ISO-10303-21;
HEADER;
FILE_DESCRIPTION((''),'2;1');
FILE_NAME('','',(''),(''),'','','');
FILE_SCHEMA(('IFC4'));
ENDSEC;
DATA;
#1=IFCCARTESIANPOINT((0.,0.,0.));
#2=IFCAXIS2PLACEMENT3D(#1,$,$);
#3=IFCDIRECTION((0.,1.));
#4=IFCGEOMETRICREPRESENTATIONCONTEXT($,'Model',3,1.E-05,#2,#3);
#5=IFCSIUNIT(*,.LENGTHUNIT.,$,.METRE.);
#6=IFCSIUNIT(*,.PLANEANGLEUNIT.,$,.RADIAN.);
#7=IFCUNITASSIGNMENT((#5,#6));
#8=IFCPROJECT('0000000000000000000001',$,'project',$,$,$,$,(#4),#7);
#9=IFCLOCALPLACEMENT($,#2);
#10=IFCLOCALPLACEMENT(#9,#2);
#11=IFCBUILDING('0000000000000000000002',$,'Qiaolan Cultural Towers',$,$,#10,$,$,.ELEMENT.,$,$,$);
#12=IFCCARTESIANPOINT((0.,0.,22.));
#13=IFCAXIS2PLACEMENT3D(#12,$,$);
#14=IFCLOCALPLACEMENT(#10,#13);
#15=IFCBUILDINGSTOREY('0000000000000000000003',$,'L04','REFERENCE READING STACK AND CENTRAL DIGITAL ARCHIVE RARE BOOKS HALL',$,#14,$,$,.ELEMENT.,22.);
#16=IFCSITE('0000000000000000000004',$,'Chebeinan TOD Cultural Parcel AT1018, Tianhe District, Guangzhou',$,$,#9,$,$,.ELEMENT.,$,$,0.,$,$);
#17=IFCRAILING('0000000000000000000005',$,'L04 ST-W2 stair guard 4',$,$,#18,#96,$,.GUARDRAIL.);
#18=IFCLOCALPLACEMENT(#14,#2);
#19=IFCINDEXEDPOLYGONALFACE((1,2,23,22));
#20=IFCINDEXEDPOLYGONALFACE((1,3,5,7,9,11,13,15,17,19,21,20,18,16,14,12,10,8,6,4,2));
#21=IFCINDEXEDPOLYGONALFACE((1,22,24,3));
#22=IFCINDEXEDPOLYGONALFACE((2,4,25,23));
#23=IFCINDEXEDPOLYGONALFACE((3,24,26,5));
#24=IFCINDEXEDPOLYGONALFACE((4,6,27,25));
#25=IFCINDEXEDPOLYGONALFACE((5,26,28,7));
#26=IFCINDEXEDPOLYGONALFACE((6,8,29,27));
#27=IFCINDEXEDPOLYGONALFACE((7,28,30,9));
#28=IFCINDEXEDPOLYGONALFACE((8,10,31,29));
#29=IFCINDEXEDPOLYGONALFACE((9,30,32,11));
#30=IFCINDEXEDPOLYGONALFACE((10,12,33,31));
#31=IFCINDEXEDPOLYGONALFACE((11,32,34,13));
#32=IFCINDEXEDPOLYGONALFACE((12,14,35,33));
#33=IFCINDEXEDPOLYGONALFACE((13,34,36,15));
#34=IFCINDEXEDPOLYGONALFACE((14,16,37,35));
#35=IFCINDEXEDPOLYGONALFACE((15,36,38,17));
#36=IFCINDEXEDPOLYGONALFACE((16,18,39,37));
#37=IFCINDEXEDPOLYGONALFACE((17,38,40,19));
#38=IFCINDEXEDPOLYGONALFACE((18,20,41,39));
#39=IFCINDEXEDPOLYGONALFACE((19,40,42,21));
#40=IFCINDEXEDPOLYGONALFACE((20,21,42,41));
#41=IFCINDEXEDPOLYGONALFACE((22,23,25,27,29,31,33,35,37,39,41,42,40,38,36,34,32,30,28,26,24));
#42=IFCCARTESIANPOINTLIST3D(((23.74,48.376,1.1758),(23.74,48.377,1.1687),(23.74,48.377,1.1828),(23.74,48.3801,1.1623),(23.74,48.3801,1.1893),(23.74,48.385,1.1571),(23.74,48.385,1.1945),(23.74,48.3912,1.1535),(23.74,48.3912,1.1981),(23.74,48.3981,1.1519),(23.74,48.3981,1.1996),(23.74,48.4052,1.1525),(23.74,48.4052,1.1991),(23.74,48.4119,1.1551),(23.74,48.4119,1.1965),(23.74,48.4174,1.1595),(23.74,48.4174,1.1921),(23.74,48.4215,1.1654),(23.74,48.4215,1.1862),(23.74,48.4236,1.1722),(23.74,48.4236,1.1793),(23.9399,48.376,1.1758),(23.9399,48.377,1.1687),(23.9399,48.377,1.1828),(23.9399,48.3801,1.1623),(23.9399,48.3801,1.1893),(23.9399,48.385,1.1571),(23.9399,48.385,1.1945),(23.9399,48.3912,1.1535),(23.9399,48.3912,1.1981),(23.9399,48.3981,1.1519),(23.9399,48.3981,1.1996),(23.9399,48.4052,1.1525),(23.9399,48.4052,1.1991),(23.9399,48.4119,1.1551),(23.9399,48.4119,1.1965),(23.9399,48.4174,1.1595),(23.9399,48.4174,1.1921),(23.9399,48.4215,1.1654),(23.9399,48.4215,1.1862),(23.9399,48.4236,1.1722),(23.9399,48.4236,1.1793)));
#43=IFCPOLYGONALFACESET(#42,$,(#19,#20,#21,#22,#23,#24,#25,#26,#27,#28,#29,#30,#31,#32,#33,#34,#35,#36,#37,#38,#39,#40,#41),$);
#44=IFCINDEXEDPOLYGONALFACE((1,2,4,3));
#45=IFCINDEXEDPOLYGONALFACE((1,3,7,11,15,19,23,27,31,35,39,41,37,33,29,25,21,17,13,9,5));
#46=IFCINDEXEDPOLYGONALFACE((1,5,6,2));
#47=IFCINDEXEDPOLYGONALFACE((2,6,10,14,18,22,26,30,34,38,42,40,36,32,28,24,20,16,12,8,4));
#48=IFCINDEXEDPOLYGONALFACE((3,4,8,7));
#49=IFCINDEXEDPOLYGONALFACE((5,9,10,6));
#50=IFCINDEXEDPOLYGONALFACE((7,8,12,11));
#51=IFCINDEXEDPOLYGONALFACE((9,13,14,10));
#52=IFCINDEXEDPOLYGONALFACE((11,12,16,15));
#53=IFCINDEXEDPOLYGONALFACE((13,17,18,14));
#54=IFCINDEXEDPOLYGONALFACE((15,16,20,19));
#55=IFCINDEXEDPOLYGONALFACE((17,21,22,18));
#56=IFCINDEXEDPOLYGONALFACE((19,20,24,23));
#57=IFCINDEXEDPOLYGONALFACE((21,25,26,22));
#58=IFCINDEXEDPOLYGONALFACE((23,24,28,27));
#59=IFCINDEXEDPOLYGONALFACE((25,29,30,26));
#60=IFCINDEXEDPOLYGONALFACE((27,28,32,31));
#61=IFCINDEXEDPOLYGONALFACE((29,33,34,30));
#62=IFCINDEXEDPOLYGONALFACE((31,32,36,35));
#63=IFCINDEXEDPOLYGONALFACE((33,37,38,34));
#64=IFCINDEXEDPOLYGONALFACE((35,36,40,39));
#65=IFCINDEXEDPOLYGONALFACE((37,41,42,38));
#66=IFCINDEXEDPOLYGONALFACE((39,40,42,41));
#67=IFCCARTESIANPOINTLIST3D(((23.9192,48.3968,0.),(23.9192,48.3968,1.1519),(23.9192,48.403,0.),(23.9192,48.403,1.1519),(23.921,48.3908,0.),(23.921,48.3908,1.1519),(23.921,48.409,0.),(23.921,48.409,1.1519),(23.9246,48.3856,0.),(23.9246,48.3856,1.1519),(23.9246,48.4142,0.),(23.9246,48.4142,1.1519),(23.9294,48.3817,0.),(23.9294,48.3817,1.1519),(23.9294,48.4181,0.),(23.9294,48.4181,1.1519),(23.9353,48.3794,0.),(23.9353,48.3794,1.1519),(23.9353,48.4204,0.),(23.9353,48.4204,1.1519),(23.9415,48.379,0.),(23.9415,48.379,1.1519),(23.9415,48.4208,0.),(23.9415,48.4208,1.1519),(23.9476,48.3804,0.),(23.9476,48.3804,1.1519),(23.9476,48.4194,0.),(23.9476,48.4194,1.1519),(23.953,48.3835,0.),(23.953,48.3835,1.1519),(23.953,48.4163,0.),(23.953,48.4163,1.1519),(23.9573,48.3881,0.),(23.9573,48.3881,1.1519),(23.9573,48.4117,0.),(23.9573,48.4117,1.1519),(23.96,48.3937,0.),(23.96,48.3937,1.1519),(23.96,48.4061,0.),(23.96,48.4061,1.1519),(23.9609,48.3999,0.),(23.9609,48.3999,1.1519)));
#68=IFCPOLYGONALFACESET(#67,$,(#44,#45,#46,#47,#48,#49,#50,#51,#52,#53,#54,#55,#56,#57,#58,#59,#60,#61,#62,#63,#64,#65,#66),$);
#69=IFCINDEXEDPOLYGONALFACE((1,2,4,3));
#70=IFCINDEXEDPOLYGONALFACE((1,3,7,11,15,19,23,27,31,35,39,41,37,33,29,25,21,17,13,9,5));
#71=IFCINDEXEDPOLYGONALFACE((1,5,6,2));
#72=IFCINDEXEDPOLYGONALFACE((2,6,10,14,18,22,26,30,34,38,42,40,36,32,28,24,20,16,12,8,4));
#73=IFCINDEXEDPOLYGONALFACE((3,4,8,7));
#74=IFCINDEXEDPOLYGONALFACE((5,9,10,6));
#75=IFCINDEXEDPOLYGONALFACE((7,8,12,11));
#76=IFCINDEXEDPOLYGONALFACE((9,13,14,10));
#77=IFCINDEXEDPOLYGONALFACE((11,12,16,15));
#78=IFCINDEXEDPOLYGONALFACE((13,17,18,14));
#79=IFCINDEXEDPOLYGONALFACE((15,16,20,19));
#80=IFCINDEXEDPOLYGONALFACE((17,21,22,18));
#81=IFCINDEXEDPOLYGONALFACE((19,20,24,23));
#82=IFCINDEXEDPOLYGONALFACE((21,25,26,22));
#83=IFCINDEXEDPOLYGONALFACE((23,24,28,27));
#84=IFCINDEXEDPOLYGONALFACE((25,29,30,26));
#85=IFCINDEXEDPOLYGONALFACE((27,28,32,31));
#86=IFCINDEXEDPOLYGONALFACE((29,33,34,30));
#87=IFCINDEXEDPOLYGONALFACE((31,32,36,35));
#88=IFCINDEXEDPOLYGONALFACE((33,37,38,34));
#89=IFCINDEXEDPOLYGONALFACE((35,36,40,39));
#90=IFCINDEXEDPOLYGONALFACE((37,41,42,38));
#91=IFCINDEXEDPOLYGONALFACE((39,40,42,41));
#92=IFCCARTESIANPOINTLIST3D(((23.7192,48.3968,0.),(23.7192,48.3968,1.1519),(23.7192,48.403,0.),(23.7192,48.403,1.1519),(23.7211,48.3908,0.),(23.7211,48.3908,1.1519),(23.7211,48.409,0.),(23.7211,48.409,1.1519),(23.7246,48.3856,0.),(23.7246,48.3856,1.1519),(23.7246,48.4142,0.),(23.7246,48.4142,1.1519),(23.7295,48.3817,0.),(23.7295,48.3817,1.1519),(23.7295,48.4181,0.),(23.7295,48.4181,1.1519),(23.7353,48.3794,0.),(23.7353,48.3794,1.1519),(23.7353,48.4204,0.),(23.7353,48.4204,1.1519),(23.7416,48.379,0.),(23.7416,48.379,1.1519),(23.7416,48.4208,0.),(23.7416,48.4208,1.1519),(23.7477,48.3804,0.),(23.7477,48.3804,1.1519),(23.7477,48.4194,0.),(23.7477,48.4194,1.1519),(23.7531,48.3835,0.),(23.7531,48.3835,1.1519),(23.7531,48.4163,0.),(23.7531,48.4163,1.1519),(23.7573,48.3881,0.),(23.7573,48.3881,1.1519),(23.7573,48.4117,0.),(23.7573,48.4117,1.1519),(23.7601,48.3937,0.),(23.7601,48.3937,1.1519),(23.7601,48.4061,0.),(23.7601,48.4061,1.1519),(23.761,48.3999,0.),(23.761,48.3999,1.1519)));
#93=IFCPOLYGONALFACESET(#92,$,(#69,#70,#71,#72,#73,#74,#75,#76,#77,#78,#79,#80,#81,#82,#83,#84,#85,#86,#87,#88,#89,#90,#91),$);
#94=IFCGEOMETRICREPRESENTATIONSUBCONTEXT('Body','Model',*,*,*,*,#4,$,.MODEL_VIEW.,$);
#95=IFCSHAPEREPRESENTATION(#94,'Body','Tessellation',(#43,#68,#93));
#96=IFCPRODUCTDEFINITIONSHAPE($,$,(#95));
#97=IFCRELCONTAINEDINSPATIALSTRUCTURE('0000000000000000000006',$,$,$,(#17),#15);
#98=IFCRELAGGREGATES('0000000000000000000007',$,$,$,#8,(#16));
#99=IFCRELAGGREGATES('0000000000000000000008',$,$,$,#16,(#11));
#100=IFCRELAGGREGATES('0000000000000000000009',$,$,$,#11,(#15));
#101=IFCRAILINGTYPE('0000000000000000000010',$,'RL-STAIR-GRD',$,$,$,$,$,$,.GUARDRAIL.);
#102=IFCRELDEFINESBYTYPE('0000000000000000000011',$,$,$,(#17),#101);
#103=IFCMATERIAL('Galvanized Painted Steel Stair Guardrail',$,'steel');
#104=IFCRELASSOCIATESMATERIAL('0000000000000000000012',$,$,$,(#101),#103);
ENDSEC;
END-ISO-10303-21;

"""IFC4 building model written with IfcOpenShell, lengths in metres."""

from ifc_helpers import new_model, si_unit, direction, frame, origin, origin_2d, place, context, subcontext, project, spatial, circle, extrude, material, type_object, element, save


model = new_model("IFC4")

# Units and contexts
model_context = context("Model", 3, precision=1e-05, world=origin(), true_north=direction((0.0, 1.0)))
body_context = subcontext(model_context, "Body", "Model", "MODEL_VIEW")
ifc_project = project(units=[si_unit("LENGTHUNIT", "METRE"), si_unit("PLANEANGLEUNIT", "RADIAN")], contexts=[model_context])

# Site, building, storey
site_placement = place(None, origin())
site = spatial("IfcSite", under=ifc_project, at=site_placement, Name="Chebeinan TOD Cultural Parcel AT1018, Tianhe District, Guangzhou", CompositionType="ELEMENT", RefElevation=0.0)
building_placement = place(site_placement, origin())
building = spatial("IfcBuilding", under=site, at=building_placement, Name="Qiaolan Cultural Towers", CompositionType="ELEMENT")
storey_placement = place(building_placement, frame((0.0, 0.0, 22.0)))
storey = spatial("IfcBuildingStorey", under=building, at=storey_placement, Name="L04", Description="REFERENCE READING STACK AND CENTRAL DIGITAL ARCHIVE RARE BOOKS HALL", CompositionType="ELEMENT", Elevation=22.0)

# Railing
ifc_material_1 = material(Name="Galvanized Painted Steel Stair Guardrail", Category="steel")
railing_type_1 = type_object("IfcRailingType", Name="RL-STAIR-GRD", PredefinedType="GUARDRAIL", material=ifc_material_1)
railing_1_placement = place(storey_placement, frame((23.9399, 48.3999, 0.0)))
element("IfcRailing", 1, at=railing_1_placement, inside=storey, type_object=railing_type_1, Name="L04 ST-W2 stair guard 4", PredefinedType="GUARDRAIL", context=body_context, shape_type="SweptSolid", body=[
    extrude(circle(Radius=0.0239, at=origin_2d()), frame((0.0, 0.0, 1.1758), z_axis=(-1.0, 0.0, 0.0), x_axis=(0.0, -1.0, 0.0)), (0.0, 0.0, 1.0), 0.2),
    extrude(circle(Radius=0.021, at=origin_2d()), origin(), (0.0, 0.0, 1.0), 1.1519),
    extrude(circle(Radius=0.021, at=origin_2d()), frame((-0.2, 0.0, 0.0)), (0.0, 0.0, 1.0), 1.1519),
])

save(model, "model.ifc")
